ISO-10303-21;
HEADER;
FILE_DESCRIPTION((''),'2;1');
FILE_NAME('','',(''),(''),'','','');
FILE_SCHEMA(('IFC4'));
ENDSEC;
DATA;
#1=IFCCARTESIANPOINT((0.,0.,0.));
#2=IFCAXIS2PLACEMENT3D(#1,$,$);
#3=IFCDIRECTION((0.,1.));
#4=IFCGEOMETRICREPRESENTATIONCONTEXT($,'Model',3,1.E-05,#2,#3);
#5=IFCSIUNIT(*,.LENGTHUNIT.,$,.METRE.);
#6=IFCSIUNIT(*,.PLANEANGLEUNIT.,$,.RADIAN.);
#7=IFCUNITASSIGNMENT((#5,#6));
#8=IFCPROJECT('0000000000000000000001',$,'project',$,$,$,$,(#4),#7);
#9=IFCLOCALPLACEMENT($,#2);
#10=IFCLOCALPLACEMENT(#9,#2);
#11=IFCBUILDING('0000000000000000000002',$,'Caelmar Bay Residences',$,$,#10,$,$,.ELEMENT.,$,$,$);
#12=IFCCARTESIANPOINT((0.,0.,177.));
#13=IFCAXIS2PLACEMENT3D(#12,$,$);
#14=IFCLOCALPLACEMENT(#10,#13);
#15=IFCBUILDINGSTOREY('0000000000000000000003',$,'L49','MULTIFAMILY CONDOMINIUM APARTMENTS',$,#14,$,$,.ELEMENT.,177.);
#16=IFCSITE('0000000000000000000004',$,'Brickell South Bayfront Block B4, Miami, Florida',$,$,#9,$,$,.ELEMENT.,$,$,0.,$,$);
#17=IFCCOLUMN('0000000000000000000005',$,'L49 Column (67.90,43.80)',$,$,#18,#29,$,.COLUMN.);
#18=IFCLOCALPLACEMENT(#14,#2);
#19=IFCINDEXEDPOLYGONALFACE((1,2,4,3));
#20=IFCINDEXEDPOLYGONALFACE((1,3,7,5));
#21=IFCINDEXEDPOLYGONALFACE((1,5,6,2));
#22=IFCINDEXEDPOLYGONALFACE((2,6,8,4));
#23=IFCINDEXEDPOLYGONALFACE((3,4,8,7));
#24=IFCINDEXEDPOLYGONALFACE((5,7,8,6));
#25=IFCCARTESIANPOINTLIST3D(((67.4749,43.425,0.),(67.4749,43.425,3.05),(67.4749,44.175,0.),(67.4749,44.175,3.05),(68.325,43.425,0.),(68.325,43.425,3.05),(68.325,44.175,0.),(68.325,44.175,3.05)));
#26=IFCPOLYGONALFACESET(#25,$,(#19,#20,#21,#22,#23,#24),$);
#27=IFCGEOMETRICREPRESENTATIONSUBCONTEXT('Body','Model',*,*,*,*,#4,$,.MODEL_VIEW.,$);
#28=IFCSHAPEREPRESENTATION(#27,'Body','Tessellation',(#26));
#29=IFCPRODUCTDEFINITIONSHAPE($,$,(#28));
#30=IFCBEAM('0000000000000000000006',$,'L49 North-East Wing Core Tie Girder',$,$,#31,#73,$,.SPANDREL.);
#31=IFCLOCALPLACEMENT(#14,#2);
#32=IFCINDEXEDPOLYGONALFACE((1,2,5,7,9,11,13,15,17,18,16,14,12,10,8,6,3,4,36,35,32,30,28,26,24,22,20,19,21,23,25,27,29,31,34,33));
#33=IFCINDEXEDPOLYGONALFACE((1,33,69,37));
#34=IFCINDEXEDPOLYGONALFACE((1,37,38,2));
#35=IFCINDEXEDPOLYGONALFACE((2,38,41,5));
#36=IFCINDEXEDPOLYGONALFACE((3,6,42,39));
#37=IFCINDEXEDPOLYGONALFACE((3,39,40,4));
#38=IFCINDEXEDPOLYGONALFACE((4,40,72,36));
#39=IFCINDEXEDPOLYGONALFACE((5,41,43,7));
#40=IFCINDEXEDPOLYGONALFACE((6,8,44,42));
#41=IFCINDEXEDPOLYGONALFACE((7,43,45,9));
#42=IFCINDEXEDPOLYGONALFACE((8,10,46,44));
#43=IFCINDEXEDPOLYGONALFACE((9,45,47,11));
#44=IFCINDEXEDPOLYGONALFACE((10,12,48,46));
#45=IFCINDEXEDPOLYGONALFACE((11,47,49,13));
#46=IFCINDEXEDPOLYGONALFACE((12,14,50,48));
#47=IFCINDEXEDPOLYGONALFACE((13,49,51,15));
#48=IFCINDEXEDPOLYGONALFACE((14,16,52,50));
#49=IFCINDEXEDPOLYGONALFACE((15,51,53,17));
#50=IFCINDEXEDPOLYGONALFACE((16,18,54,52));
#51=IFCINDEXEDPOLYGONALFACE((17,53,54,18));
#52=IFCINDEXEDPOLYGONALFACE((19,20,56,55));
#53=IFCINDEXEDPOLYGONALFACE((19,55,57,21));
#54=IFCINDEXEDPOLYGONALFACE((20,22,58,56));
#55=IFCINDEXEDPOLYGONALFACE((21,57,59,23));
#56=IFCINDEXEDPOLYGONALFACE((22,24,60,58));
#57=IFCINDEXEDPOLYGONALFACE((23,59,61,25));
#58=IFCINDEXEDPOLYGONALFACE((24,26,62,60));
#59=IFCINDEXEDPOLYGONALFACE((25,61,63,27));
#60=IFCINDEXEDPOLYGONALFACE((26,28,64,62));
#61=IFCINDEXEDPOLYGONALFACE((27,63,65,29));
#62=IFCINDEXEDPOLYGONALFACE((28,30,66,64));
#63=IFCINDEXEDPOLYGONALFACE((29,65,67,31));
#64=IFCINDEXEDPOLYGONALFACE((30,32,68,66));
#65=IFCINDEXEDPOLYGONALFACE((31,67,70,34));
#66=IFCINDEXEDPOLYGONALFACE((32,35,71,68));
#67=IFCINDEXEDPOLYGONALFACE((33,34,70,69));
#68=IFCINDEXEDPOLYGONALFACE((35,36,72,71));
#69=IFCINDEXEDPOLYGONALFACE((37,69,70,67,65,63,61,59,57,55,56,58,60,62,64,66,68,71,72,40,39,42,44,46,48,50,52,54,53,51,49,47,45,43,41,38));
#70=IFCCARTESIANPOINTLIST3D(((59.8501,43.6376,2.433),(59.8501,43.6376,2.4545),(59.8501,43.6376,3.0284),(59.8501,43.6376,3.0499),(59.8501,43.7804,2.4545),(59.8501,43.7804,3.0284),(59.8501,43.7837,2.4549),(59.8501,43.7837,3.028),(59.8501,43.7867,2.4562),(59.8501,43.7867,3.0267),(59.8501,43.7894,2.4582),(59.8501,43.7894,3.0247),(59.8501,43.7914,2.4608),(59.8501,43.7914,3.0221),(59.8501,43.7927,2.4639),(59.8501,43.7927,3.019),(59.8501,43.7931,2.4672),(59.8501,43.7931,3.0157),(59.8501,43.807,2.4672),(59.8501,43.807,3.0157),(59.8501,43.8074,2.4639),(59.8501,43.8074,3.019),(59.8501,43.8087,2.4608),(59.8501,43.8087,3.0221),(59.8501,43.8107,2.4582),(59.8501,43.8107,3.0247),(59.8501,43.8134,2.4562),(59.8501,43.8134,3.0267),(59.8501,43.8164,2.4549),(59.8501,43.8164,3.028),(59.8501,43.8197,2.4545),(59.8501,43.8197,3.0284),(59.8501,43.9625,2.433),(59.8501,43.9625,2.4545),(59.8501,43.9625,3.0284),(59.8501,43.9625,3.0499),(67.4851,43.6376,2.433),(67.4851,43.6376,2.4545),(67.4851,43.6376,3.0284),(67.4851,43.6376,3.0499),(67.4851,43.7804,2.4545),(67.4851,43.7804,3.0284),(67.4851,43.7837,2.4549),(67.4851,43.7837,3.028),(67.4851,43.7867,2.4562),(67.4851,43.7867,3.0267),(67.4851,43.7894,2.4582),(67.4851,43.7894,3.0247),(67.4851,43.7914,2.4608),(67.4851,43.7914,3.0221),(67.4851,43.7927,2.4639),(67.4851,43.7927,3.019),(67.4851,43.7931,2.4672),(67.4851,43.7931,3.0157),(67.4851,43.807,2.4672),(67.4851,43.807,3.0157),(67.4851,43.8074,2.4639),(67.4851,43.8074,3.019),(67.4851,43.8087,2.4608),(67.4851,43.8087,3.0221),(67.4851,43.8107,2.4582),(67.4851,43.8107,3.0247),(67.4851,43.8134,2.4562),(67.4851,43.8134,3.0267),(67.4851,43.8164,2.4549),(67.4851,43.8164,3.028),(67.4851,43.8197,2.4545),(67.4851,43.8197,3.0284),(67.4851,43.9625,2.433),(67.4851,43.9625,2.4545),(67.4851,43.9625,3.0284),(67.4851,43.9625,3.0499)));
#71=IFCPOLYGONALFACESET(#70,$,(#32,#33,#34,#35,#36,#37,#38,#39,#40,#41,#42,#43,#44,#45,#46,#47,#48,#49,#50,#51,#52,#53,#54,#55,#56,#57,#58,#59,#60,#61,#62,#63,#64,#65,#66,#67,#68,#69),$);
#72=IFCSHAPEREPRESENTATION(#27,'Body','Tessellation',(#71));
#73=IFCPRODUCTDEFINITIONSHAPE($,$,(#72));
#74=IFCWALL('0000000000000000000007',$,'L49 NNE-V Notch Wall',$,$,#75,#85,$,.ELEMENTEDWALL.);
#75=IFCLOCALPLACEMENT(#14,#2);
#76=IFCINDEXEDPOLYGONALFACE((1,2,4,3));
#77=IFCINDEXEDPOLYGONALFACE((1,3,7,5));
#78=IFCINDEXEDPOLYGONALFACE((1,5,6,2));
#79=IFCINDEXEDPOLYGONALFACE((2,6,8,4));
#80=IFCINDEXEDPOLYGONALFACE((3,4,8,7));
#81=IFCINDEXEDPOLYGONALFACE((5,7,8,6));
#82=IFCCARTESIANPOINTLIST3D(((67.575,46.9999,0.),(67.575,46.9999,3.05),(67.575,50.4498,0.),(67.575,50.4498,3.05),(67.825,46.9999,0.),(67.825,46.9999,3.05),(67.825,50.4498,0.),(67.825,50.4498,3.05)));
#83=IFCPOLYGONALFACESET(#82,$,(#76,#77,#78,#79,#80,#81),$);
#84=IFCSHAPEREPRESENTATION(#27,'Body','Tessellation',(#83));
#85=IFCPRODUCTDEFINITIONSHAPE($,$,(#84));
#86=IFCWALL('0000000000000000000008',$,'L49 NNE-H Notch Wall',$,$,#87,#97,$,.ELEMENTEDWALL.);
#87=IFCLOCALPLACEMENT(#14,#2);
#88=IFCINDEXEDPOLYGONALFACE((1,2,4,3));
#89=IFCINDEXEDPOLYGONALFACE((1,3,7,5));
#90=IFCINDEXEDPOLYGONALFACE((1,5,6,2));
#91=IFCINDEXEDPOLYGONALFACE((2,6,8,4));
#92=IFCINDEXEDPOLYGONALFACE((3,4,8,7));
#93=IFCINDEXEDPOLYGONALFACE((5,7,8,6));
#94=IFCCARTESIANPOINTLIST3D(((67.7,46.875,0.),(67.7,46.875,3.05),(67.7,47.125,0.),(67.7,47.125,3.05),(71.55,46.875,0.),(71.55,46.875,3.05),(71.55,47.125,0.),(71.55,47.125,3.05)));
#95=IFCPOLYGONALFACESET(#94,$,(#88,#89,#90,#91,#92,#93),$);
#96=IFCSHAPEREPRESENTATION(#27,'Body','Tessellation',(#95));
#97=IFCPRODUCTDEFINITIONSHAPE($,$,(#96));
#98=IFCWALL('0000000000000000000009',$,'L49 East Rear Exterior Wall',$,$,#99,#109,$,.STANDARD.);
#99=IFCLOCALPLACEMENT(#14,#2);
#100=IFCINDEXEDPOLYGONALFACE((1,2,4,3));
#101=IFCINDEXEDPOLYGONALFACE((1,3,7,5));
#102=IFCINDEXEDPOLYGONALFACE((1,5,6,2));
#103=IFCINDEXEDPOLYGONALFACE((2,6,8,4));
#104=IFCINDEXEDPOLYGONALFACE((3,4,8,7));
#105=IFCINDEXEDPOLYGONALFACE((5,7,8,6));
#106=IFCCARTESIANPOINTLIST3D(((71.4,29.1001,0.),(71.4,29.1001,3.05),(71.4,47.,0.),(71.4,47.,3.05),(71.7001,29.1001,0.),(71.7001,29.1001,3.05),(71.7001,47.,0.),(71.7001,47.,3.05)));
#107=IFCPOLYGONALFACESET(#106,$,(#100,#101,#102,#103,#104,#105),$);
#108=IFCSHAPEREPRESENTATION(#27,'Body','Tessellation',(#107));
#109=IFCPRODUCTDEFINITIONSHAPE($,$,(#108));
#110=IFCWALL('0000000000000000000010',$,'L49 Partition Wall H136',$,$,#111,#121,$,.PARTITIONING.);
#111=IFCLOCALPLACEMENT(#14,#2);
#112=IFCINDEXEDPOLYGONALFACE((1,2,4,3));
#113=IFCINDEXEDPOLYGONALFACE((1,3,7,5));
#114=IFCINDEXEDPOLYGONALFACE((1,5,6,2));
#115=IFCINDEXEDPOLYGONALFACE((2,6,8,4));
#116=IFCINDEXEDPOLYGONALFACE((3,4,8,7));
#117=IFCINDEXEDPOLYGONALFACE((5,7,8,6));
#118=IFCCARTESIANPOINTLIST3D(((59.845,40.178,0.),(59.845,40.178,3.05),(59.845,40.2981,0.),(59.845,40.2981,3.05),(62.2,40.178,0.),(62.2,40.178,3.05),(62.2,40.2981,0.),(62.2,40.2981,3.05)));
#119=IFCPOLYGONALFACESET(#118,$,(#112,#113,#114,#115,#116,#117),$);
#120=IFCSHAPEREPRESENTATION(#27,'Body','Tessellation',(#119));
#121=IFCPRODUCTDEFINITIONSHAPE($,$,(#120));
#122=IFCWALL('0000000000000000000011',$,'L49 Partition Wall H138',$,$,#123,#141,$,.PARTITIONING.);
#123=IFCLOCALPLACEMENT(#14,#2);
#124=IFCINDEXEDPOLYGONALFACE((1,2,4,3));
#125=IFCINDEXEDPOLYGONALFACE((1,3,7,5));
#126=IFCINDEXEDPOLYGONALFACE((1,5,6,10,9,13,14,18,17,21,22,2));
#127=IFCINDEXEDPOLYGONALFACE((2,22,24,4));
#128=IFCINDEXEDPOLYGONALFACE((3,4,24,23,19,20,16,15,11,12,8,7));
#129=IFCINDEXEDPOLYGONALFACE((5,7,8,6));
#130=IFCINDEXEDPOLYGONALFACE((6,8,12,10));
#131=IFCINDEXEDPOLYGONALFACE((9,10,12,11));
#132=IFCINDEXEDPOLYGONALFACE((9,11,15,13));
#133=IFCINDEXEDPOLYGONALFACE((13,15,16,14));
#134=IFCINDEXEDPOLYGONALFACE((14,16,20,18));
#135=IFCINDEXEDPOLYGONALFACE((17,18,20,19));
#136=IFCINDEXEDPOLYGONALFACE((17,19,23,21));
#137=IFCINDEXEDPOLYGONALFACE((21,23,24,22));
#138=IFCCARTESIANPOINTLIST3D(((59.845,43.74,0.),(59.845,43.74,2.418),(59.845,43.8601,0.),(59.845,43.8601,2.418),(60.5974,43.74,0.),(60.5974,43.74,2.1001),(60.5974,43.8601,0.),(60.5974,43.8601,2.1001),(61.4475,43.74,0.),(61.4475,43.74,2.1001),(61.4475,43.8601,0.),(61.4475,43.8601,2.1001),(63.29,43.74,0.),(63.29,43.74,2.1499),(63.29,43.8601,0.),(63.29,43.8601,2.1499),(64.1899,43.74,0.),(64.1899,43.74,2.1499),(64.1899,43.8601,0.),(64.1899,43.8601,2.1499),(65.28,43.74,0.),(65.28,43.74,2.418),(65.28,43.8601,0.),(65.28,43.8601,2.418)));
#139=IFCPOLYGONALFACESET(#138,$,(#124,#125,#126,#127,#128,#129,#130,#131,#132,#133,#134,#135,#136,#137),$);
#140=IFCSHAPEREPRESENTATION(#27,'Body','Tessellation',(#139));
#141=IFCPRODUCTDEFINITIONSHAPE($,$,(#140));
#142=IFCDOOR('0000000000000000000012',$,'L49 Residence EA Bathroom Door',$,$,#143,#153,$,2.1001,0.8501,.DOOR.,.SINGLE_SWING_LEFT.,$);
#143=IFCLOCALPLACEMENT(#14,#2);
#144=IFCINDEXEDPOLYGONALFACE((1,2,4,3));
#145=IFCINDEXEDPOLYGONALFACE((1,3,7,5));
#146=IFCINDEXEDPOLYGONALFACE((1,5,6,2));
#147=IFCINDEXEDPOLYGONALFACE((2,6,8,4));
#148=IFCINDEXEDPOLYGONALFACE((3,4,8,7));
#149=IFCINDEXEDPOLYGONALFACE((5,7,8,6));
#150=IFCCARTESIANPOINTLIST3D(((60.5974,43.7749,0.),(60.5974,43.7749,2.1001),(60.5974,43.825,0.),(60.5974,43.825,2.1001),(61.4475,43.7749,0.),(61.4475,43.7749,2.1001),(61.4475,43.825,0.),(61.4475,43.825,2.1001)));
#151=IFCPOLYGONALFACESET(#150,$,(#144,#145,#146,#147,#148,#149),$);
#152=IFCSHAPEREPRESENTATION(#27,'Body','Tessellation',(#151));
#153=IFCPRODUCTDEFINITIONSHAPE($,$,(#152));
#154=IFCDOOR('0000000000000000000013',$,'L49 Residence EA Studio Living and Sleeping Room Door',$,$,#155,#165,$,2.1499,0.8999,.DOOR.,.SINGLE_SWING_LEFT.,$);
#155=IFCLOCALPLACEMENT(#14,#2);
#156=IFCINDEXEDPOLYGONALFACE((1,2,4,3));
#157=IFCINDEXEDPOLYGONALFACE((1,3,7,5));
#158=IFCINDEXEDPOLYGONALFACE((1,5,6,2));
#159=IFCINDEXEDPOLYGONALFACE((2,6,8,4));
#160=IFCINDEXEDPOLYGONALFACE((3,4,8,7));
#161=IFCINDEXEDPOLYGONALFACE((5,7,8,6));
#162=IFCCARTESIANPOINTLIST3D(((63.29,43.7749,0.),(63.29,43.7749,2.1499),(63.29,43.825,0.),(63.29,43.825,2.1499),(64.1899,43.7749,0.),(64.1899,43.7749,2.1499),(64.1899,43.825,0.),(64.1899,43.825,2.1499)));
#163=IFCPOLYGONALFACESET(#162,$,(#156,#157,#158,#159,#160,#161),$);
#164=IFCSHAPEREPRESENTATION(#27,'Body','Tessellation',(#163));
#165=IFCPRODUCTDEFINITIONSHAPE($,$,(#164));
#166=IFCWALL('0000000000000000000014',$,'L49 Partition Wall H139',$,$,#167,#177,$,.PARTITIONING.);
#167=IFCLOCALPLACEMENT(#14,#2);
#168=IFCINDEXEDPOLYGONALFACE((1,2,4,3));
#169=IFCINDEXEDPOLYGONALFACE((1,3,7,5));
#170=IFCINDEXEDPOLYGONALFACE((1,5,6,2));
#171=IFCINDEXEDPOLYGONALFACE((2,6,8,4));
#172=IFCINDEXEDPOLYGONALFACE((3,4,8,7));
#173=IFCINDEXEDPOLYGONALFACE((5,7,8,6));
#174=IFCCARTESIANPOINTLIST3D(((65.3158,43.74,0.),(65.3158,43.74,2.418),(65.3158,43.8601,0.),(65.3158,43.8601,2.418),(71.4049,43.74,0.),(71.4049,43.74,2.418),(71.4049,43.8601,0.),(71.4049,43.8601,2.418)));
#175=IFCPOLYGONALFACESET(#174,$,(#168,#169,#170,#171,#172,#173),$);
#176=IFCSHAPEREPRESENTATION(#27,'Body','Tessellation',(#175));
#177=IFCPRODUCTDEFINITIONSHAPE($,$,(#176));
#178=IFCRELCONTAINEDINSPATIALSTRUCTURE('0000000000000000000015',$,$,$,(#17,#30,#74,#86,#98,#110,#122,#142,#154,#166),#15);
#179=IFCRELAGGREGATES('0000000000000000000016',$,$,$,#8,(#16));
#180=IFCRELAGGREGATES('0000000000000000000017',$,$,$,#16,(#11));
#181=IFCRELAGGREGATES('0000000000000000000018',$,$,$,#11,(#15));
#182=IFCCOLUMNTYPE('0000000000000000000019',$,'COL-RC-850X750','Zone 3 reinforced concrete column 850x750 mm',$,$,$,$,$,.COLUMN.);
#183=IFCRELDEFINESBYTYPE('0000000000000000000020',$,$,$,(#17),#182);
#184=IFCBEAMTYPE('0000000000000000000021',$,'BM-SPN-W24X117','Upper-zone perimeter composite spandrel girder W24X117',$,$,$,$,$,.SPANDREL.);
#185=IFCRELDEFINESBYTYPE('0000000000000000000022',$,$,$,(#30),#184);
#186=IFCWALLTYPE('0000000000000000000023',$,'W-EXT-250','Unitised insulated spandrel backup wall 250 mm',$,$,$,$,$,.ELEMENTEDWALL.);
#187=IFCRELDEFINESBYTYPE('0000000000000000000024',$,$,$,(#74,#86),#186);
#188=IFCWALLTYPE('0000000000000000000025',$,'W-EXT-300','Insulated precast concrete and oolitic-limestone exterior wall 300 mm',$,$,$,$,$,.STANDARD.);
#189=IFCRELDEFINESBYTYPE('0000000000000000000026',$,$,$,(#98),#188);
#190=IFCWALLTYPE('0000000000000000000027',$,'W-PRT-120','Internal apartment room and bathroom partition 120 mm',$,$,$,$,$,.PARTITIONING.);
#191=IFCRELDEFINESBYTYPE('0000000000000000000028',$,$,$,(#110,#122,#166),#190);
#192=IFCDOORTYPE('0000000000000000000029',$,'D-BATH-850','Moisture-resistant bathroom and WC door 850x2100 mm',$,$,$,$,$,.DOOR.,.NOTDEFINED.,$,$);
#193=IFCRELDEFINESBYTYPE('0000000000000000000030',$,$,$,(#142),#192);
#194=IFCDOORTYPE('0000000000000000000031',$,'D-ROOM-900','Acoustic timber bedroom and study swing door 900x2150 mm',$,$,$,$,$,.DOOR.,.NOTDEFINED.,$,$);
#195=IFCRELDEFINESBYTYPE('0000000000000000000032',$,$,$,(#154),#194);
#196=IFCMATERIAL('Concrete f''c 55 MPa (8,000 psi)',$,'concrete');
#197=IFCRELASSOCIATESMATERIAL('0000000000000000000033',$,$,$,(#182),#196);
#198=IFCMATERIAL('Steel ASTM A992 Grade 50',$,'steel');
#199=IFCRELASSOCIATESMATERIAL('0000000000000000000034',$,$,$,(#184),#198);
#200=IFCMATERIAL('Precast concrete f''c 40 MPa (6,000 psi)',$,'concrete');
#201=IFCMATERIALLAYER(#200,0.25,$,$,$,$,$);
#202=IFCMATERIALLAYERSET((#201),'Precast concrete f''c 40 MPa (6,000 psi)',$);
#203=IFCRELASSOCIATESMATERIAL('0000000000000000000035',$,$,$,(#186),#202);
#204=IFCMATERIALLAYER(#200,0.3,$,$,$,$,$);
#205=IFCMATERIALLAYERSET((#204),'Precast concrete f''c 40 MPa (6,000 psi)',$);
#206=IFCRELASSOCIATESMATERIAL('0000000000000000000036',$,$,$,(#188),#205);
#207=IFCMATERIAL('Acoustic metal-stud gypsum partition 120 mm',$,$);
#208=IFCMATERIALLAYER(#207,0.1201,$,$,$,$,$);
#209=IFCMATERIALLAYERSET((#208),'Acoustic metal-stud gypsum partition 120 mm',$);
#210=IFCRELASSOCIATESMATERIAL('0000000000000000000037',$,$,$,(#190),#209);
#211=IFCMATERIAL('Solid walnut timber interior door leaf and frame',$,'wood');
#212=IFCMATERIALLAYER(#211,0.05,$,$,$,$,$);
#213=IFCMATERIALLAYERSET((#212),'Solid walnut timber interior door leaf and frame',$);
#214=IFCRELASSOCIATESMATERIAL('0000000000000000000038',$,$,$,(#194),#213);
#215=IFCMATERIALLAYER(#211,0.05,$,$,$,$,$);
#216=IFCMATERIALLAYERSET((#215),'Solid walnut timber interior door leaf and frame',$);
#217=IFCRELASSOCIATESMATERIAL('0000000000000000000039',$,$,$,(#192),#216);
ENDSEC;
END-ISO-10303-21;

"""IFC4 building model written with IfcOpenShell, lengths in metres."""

from ifc_helpers import new_model, si_unit, direction, frame, frame_2d, origin, origin_2d, place, context, subcontext, project, spatial, rectangle, i_section, extrude, material, layer, layer_set, material_profile, profile_set, type_object, element, fill, save


model = new_model("IFC4")

# Units and contexts
model_context = context("Model", 3, precision=1e-05, world=origin(), true_north=direction((0.0, 1.0)))
body_context = subcontext(model_context, "Body", "Model", "MODEL_VIEW")
ifc_project = project(units=[si_unit("LENGTHUNIT", "METRE"), si_unit("PLANEANGLEUNIT", "RADIAN")], contexts=[model_context])

# Site, building, storey
site_placement = place(None, origin())
site = spatial("IfcSite", under=ifc_project, at=site_placement, Name="Brickell South Bayfront Block B4, Miami, Florida", CompositionType="ELEMENT", RefElevation=0.0)
building_placement = place(site_placement, origin())
building = spatial("IfcBuilding", under=site, at=building_placement, Name="Caelmar Bay Residences", CompositionType="ELEMENT")
storey_placement = place(building_placement, frame((0.0, 0.0, 177.0)))
storey = spatial("IfcBuildingStorey", under=building, at=storey_placement, Name="L49", Description="MULTIFAMILY CONDOMINIUM APARTMENTS", CompositionType="ELEMENT", Elevation=177.0)

# Column
ifc_material_1 = material(Name="Concrete f'c 55 MPa (8,000 psi)", Category="concrete")
ifc_material_profile_1 = material_profile(ifc_material_1, rectangle(XDim=0.8501, YDim=0.75, at=origin_2d()), Name="RC-COL-850X750")
ifc_profile_set_1 = profile_set([ifc_material_profile_1], Name="Concrete f'c 55 MPa (8,000 psi)")
column_type = type_object("IfcColumnType", Name="COL-RC-850X750", Description="Zone 3 reinforced concrete column 850x750 mm", PredefinedType="COLUMN", material=ifc_profile_set_1)
column_placement = place(storey_placement, frame((67.8999, 43.8, 0.0), z_axis=(0.0, 0.0, 1.0), x_axis=(1.0, 0.0, 0.0)))
element("IfcColumn", 1, at=column_placement, inside=storey, type_object=column_type, Name="L49 Column (67.90,43.80)", PredefinedType="COLUMN", context=body_context, shape_type="SweptSolid", body=[
    extrude(rectangle(XDim=0.8501, YDim=0.75, at=origin_2d()), origin(), (0.0, 0.0, 1.0), 3.05),
])

# Beam
ifc_material_2 = material(Name="Steel ASTM A992 Grade 50", Category="steel")
ifc_material_profile_2 = material_profile(ifc_material_2, i_section(OverallWidth=0.325, OverallDepth=0.6169, WebThickness=0.0139, FlangeThickness=0.0215, FilletRadius=0.0127, at=origin_2d()), Name="W24X117")
ifc_profile_set_2 = profile_set([ifc_material_profile_2], Name="Steel ASTM A992 Grade 50")
beam_type = type_object("IfcBeamType", Name="BM-SPN-W24X117", Description="Upper-zone perimeter composite spandrel girder W24X117", PredefinedType="SPANDREL", material=ifc_profile_set_2)
beam_placement = place(storey_placement, frame((59.8501, 43.8, 2.7415), z_axis=(1.0, 0.0, 0.0), x_axis=(0.0, 1.0, 0.0)))
element("IfcBeam", 2, at=beam_placement, inside=storey, type_object=beam_type, Name="L49 North-East Wing Core Tie Girder", PredefinedType="SPANDREL", context=body_context, shape_type="SweptSolid", body=[
    extrude(i_section(OverallWidth=0.325, OverallDepth=0.6169, WebThickness=0.0139, FlangeThickness=0.0215, FilletRadius=0.0127, at=origin_2d()), origin(), (0.0, 0.0, 1.0), 7.635),
])

# Walls
ifc_material_3 = material(Name="Precast concrete f'c 40 MPa (6,000 psi)", Category="concrete")
ifc_layer_1 = layer(ifc_material_3, 0.25)
ifc_layer_set_1 = layer_set([ifc_layer_1], Name="Precast concrete f'c 40 MPa (6,000 psi)")
wall_type_1 = type_object("IfcWallType", Name="W-EXT-250", Description="Unitised insulated spandrel backup wall 250 mm", PredefinedType="ELEMENTEDWALL", material=ifc_layer_set_1)
wall_1_placement = place(storey_placement, frame((67.7, 50.45, 0.0), z_axis=(0.0, 0.0, 1.0), x_axis=(0.0, -1.0, 0.0)))
element("IfcWall", 3, at=wall_1_placement, inside=storey, type_object=wall_type_1, Name="L49 NNE-V Notch Wall", PredefinedType="ELEMENTEDWALL", context=body_context, shape_type="SweptSolid", body=[
    extrude(rectangle(XDim=3.45, YDim=0.25, at=frame_2d((1.7251, 0.0))), origin(), (0.0, 0.0, 1.0), 3.05),
])
wall_2_placement = place(storey_placement, frame((67.7, 47.0, 0.0), z_axis=(0.0, 0.0, 1.0), x_axis=(1.0, 0.0, 0.0)))
element("IfcWall", 4, at=wall_2_placement, inside=storey, type_object=wall_type_1, Name="L49 NNE-H Notch Wall", PredefinedType="ELEMENTEDWALL", context=body_context, shape_type="SweptSolid", body=[
    extrude(rectangle(XDim=3.8501, YDim=0.25, at=frame_2d((1.925, 0.0))), origin(), (0.0, 0.0, 1.0), 3.05),
])
ifc_layer_2 = layer(ifc_material_3, 0.3)
ifc_layer_set_2 = layer_set([ifc_layer_2], Name="Precast concrete f'c 40 MPa (6,000 psi)")
wall_type_2 = type_object("IfcWallType", Name="W-EXT-300", Description="Insulated precast concrete and oolitic-limestone exterior wall 300 mm", PredefinedType="STANDARD", material=ifc_layer_set_2)
wall_3_placement = place(storey_placement, frame((71.55, 47.0, 0.0), z_axis=(0.0, 0.0, 1.0), x_axis=(0.0, -1.0, 0.0)))
element("IfcWall", 5, at=wall_3_placement, inside=storey, type_object=wall_type_2, Name="L49 East Rear Exterior Wall", PredefinedType="STANDARD", context=body_context, shape_type="SweptSolid", body=[
    extrude(rectangle(XDim=17.8999, YDim=0.3, at=frame_2d((8.95, 0.0))), origin(), (0.0, 0.0, 1.0), 3.05),
])

# Shared definitions
ifc_material_4 = material(Name="Acoustic metal-stud gypsum partition 120 mm")
ifc_layer_3 = layer(ifc_material_4, 0.1201)
ifc_layer_set_3 = layer_set([ifc_layer_3], Name="Acoustic metal-stud gypsum partition 120 mm")
wall_type_3 = type_object("IfcWallType", Name="W-PRT-120", Description="Internal apartment room and bathroom partition 120 mm", PredefinedType="PARTITIONING", material=ifc_layer_set_3)
ifc_material_5 = material(Name="Solid walnut timber interior door leaf and frame", Category="wood")
ifc_layer_4 = layer(ifc_material_5, 0.05)
ifc_layer_set_4 = layer_set([ifc_layer_4], Name="Solid walnut timber interior door leaf and frame")
door_type_1 = type_object("IfcDoorType", Name="D-ROOM-900", Description="Acoustic timber bedroom and study swing door 900x2150 mm", OperationType="NOTDEFINED", PredefinedType="DOOR", material=ifc_layer_set_4)

# Wall
wall_4_placement = place(storey_placement, frame((59.845, 40.238, 0.0), z_axis=(0.0, 0.0, 1.0), x_axis=(1.0, 0.0, 0.0)))
element("IfcWall", 6, at=wall_4_placement, inside=storey, type_object=wall_type_3, Name="L49 Partition Wall H136", PredefinedType="PARTITIONING", context=body_context, shape_type="SweptSolid", body=[
    extrude(rectangle(XDim=2.355, YDim=0.1201, at=frame_2d((1.1775, 0.0))), origin(), (0.0, 0.0, 1.0), 3.05),
])

# Wall, openings, doors
wall_5_placement = place(storey_placement, frame((59.845, 43.8, 0.0), z_axis=(0.0, 0.0, 1.0), x_axis=(1.0, 0.0, 0.0)))
wall_5 = element("IfcWall", 7, at=wall_5_placement, inside=storey, type_object=wall_type_3, Name="L49 Partition Wall H138", PredefinedType="PARTITIONING", context=body_context, shape_type="SweptSolid", body=[
    extrude(rectangle(XDim=5.4351, YDim=0.1201, at=frame_2d((2.7175, 0.0))), origin(), (0.0, 0.0, 1.0), 2.418),
])
opening_1_placement = place(wall_5_placement, frame((3.4451, 0.0, 0.0)))
opening_1 = element("IfcOpeningElement", 8, at=opening_1_placement, cuts=wall_5, PredefinedType="OPENING", context=body_context, shape_type="SweptSolid", body=[
    extrude(rectangle(XDim=0.8999, YDim=2.1499, at=frame_2d((0.45, 1.075))), frame((0.0, 0.0701, 0.0), z_axis=(0.0, -1.0, 0.0), x_axis=(1.0, 0.0, 0.0)), (0.0, 0.0, 1.0), 0.1401),
])
opening_2_placement = place(wall_5_placement, frame((0.7524, 0.0, 0.0)))
opening_2 = element("IfcOpeningElement", 9, at=opening_2_placement, cuts=wall_5, PredefinedType="OPENING", context=body_context, shape_type="SweptSolid", body=[
    extrude(rectangle(XDim=0.8501, YDim=2.1001, at=frame_2d((0.425, 1.05))), frame((0.0, 0.0701, 0.0), z_axis=(0.0, -1.0, 0.0), x_axis=(1.0, 0.0, 0.0)), (0.0, 0.0, 1.0), 0.1401),
])
ifc_layer_5 = layer(ifc_material_5, 0.05)
ifc_layer_set_5 = layer_set([ifc_layer_5], Name="Solid walnut timber interior door leaf and frame")
door_type_2 = type_object("IfcDoorType", Name="D-BATH-850", Description="Moisture-resistant bathroom and WC door 850x2100 mm", OperationType="NOTDEFINED", PredefinedType="DOOR", material=ifc_layer_set_5)
door_1_placement = place(opening_2_placement, origin())
door_1 = element("IfcDoor", 10, at=door_1_placement, inside=storey, type_object=door_type_2, Name="L49 Residence EA Bathroom Door", OperationType="SINGLE_SWING_LEFT", OverallHeight=2.1001, OverallWidth=0.8501, PredefinedType="DOOR", context=body_context, shape_type="SweptSolid", body=[
    extrude(rectangle(XDim=0.8501, YDim=2.1001, at=frame_2d((0.425, 1.05))), frame((0.0, 0.0249, 0.0), z_axis=(0.0, -1.0, 0.0), x_axis=(1.0, 0.0, 0.0)), (0.0, 0.0, 1.0), 0.05),
])
fill(opening_2, door_1)
door_2_placement = place(opening_1_placement, origin())
door_2 = element("IfcDoor", 11, at=door_2_placement, inside=storey, type_object=door_type_1, Name="L49 Residence EA Studio Living and Sleeping Room Door", OperationType="SINGLE_SWING_LEFT", OverallHeight=2.1499, OverallWidth=0.8999, PredefinedType="DOOR", context=body_context, shape_type="SweptSolid", body=[
    extrude(rectangle(XDim=0.8999, YDim=2.1499, at=frame_2d((0.45, 1.075))), frame((0.0, 0.0249, 0.0), z_axis=(0.0, -1.0, 0.0), x_axis=(1.0, 0.0, 0.0)), (0.0, 0.0, 1.0), 0.05),
])
fill(opening_1, door_2)

# Wall
wall_6_placement = place(storey_placement, frame((65.3159, 43.8, 0.0), z_axis=(0.0, 0.0, 1.0), x_axis=(1.0, 0.0, 0.0)))
element("IfcWall", 12, at=wall_6_placement, inside=storey, type_object=wall_type_3, Name="L49 Partition Wall H139", PredefinedType="PARTITIONING", context=body_context, shape_type="SweptSolid", body=[
    extrude(rectangle(XDim=6.0891, YDim=0.1201, at=frame_2d((3.0444, 0.0))), origin(), (0.0, 0.0, 1.0), 2.418),
])

save(model, "model.ifc")
